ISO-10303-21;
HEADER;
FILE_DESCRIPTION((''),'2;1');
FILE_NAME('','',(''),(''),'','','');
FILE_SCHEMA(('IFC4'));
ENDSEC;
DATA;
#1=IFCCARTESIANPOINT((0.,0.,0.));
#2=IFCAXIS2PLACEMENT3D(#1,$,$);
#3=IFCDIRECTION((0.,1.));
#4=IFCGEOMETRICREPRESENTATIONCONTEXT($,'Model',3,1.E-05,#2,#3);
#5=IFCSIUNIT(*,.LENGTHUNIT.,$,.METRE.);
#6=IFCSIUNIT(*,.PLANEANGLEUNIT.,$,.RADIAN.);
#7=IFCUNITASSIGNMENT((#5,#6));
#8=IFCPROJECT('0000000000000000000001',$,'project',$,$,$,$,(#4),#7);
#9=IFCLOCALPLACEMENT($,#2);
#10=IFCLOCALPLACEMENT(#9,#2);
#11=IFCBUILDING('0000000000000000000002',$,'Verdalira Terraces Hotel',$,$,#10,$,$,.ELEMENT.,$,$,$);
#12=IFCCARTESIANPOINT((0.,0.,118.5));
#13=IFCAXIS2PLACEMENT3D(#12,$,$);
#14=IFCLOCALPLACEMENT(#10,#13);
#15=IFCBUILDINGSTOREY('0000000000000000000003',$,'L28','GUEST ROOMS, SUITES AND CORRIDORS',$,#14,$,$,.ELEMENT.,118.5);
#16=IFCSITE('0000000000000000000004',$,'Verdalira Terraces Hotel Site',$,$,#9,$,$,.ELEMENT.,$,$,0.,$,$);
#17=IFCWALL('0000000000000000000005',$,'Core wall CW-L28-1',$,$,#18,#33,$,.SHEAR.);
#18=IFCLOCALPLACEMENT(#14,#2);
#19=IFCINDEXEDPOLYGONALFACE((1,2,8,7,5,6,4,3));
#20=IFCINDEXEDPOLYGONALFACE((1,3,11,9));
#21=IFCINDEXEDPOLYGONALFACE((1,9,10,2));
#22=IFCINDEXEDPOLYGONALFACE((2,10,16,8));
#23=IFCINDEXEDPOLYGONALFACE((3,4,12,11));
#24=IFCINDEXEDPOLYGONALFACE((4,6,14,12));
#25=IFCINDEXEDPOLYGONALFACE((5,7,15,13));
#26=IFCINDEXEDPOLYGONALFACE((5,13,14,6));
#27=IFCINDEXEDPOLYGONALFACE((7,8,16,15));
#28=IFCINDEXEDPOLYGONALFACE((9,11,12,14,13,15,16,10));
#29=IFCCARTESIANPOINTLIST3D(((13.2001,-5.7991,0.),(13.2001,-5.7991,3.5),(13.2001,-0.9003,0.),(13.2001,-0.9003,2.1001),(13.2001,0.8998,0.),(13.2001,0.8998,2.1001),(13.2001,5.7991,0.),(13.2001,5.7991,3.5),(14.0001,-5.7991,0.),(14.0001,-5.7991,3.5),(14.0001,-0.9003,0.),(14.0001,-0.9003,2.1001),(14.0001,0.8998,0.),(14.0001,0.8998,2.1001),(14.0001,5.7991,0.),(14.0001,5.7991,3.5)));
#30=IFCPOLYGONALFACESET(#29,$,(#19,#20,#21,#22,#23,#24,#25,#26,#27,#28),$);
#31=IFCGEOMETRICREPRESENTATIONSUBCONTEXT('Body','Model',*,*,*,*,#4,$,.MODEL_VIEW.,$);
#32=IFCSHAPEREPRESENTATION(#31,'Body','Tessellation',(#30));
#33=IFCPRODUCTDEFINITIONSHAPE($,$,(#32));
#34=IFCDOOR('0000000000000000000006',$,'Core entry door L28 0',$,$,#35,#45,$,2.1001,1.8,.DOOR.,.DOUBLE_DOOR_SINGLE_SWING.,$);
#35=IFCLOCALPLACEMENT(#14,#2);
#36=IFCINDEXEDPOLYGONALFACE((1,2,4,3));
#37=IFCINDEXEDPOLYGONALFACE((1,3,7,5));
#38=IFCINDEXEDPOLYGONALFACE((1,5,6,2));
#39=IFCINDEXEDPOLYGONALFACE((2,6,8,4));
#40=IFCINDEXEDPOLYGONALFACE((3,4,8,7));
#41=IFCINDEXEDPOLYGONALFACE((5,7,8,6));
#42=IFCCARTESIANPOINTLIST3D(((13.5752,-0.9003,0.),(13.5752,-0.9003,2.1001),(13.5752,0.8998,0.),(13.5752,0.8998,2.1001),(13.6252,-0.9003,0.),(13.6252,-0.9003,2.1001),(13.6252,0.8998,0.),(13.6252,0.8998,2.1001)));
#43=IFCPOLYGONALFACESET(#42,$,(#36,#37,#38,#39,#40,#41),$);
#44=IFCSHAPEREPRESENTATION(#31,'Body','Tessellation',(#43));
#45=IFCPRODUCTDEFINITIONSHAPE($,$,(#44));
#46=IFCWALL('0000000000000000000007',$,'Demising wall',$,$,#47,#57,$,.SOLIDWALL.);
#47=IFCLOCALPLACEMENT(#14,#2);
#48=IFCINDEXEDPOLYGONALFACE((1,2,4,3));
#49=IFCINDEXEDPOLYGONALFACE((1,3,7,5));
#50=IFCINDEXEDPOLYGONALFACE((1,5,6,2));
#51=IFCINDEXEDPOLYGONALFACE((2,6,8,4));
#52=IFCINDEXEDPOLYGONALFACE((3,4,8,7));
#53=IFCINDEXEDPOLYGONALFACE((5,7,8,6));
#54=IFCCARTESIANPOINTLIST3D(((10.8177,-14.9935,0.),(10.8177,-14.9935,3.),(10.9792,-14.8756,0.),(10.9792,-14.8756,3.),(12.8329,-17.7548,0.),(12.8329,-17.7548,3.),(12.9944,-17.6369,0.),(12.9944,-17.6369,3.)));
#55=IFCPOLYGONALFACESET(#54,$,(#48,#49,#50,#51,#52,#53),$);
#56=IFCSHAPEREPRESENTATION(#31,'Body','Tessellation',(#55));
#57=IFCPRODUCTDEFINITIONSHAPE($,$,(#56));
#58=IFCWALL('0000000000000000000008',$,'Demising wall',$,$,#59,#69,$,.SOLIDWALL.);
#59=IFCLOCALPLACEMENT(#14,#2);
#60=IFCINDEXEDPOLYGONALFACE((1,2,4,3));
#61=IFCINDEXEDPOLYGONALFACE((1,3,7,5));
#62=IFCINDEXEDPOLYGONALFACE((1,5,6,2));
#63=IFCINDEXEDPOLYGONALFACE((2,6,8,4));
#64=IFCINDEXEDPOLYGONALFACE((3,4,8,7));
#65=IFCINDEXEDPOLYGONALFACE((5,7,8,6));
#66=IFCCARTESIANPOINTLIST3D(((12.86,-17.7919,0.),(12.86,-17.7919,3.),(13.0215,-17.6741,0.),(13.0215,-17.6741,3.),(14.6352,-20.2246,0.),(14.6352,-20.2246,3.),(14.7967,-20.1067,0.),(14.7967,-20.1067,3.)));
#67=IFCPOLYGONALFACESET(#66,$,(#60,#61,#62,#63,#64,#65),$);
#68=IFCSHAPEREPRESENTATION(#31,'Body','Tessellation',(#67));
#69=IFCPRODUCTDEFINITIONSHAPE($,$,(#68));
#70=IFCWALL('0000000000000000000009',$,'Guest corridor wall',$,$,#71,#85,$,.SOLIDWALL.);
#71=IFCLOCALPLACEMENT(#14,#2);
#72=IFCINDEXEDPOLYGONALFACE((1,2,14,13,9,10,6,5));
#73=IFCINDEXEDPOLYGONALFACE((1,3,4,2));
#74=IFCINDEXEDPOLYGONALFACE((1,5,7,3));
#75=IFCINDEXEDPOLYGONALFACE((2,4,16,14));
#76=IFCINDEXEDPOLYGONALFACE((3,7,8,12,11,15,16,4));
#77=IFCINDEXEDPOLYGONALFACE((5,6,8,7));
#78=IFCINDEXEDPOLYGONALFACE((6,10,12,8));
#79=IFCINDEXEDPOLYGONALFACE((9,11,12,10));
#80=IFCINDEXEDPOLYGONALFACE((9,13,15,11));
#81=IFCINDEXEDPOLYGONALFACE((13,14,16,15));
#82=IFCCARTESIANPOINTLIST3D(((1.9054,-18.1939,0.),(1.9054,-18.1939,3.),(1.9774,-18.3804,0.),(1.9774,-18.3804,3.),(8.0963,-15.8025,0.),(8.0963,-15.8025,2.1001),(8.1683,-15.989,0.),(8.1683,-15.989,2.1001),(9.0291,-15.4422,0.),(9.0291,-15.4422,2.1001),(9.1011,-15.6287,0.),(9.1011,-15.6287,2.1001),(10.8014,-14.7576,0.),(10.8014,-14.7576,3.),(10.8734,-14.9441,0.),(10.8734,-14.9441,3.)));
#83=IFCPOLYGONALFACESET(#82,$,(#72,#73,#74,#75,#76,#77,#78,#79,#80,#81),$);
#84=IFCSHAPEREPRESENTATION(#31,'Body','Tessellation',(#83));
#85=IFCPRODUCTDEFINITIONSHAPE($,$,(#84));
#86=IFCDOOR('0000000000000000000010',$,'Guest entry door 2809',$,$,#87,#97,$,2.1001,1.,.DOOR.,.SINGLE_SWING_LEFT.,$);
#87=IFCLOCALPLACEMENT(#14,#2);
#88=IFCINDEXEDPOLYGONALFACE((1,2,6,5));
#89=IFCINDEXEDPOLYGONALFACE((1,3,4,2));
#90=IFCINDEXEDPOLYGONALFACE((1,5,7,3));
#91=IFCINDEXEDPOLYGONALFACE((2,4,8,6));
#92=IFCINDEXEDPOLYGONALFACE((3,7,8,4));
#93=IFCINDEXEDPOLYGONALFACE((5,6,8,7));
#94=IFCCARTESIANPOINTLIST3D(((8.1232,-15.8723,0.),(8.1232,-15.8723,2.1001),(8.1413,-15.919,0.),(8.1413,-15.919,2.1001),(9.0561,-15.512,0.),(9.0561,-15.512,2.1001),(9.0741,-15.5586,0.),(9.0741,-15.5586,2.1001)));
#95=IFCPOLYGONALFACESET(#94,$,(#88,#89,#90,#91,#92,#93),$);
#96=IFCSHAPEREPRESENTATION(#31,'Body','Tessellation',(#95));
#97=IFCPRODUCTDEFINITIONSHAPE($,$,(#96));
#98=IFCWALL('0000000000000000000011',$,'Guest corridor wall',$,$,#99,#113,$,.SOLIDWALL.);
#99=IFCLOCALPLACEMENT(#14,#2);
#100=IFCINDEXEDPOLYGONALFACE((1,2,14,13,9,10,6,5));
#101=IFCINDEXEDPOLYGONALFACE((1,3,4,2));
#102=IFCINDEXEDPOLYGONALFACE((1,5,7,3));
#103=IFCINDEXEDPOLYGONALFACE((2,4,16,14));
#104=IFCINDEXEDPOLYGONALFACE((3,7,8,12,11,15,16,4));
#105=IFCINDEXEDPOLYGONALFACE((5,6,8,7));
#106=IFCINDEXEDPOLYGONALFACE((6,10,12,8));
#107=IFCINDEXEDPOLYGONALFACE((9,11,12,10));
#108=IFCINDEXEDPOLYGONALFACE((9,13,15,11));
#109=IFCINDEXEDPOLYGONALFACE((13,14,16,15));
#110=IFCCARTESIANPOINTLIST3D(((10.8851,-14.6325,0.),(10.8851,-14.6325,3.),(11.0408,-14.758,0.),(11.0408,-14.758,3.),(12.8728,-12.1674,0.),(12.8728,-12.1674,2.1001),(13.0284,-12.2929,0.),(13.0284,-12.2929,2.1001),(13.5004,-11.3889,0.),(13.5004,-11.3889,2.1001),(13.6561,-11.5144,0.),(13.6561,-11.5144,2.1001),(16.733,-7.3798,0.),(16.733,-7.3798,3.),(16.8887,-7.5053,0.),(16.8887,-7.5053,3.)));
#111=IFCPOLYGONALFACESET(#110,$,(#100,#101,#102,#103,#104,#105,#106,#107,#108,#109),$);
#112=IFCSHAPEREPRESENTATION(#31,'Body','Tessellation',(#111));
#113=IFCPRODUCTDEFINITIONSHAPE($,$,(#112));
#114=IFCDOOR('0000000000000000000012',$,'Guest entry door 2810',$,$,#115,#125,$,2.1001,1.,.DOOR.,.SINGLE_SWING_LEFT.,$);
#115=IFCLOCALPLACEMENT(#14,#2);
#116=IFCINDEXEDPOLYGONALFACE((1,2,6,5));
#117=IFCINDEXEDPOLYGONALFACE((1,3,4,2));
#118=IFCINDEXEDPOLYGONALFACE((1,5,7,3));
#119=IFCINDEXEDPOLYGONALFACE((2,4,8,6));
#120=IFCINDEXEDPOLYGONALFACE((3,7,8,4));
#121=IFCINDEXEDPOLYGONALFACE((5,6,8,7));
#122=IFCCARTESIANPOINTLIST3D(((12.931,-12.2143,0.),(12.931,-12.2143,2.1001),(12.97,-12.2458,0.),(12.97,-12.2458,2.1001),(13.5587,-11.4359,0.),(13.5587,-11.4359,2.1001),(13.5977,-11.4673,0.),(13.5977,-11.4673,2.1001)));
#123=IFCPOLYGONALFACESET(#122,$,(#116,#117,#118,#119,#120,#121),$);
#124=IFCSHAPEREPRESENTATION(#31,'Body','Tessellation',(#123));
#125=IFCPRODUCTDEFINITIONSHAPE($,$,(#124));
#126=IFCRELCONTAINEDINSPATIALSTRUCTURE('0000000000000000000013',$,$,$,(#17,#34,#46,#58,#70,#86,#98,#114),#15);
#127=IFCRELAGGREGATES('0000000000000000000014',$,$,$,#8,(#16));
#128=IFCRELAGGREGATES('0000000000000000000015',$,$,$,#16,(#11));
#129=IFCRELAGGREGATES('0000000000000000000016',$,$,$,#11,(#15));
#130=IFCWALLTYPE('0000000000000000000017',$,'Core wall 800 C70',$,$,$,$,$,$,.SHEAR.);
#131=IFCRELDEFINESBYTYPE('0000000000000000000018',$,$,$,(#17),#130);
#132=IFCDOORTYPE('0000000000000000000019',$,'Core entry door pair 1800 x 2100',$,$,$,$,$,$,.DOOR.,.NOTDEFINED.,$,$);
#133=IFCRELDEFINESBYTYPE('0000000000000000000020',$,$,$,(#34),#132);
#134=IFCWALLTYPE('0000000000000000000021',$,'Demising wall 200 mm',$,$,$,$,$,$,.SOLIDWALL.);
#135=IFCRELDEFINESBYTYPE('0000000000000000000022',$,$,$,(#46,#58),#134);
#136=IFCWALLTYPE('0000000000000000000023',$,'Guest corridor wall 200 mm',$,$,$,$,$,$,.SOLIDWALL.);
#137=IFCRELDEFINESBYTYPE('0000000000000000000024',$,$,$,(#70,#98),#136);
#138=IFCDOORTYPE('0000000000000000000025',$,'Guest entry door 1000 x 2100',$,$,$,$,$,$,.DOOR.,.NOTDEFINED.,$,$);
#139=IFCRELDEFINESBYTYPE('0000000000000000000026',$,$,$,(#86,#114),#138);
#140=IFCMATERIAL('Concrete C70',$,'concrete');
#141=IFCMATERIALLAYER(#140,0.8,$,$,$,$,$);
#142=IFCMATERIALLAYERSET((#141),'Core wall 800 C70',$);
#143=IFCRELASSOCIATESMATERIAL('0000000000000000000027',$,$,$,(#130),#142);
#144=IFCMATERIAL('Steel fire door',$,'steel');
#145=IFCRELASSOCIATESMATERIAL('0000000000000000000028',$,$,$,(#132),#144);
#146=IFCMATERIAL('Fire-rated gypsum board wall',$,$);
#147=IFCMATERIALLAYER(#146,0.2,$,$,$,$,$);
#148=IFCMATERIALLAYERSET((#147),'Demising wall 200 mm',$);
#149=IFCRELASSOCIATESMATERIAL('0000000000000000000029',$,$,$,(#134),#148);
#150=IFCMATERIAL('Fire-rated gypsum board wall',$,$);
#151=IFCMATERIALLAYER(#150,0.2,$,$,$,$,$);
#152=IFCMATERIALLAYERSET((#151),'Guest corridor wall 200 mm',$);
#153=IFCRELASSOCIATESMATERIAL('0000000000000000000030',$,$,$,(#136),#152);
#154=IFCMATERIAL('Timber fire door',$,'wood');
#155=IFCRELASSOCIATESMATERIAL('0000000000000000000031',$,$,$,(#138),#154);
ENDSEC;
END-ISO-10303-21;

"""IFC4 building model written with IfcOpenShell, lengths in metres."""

from ifc_helpers import new_model, si_unit, direction, frame, frame_2d, origin, place, context, subcontext, project, spatial, rectangle, extrude, material, layer, layer_set, type_object, element, fill, save


model = new_model("IFC4")

# Units and contexts
model_context = context("Model", 3, precision=1e-05, world=origin(), true_north=direction((0.0, 1.0)))
body_context = subcontext(model_context, "Body", "Model", "MODEL_VIEW")
ifc_project = project(units=[si_unit("LENGTHUNIT", "METRE"), si_unit("PLANEANGLEUNIT", "RADIAN")], contexts=[model_context])

# Site, building, storey
site_placement = place(None, origin())
site = spatial("IfcSite", under=ifc_project, at=site_placement, Name="Verdalira Terraces Hotel Site", CompositionType="ELEMENT", RefElevation=0.0)
building_placement = place(site_placement, origin())
building = spatial("IfcBuilding", under=site, at=building_placement, Name="Verdalira Terraces Hotel", CompositionType="ELEMENT")
storey_placement = place(building_placement, frame((0.0, 0.0, 118.5)))
storey = spatial("IfcBuildingStorey", under=building, at=storey_placement, Name="L28", Description="GUEST ROOMS, SUITES AND CORRIDORS", CompositionType="ELEMENT", Elevation=118.5)

# Wall, opening, door
ifc_material_1 = material(Name="Concrete C70", Category="concrete")
ifc_layer_1 = layer(ifc_material_1, 0.8)
ifc_layer_set_1 = layer_set([ifc_layer_1], Name="Core wall 800 C70")
wall_type_1 = type_object("IfcWallType", Name="Core wall 800 C70", PredefinedType="SHEAR", material=ifc_layer_set_1)
wall_1_placement = place(storey_placement, frame((13.6001, -5.7991, 0.0), z_axis=(0.0, 0.0, 1.0), x_axis=(0.0, 1.0, 0.0)))
wall_1 = element("IfcWall", 1, at=wall_1_placement, inside=storey, type_object=wall_type_1, Name="Core wall CW-L28-1", PredefinedType="SHEAR", context=body_context, shape_type="SweptSolid", body=[
    extrude(rectangle(XDim=11.5981, YDim=0.8, at=frame_2d((5.7991, 0.0))), origin(), (0.0, 0.0, 1.0), 3.5),
])
opening_1_placement = place(wall_1_placement, frame((4.8989, 0.0, 0.0)))
opening_1 = element("IfcOpeningElement", 2, at=opening_1_placement, cuts=wall_1, PredefinedType="OPENING", context=body_context, shape_type="SweptSolid", body=[
    extrude(rectangle(XDim=1.8, YDim=2.1001, at=frame_2d((0.8999, 1.05))), frame((0.0, 0.4099, 0.0), z_axis=(0.0, -1.0, 0.0), x_axis=(1.0, 0.0, 0.0)), (0.0, 0.0, 1.0), 0.8201),
])
ifc_material_2 = material(Name="Steel fire door", Category="steel")
door_type_1 = type_object("IfcDoorType", Name="Core entry door pair 1800 x 2100", OperationType="NOTDEFINED", PredefinedType="DOOR", material=ifc_material_2)
door_1_placement = place(opening_1_placement, origin())
door_1 = element("IfcDoor", 3, at=door_1_placement, inside=storey, type_object=door_type_1, Name="Core entry door L28 0", OperationType="DOUBLE_DOOR_SINGLE_SWING", OverallHeight=2.1001, OverallWidth=1.8, PredefinedType="DOOR", context=body_context, shape_type="SweptSolid", body=[
    extrude(rectangle(XDim=1.8, YDim=2.1001, at=frame_2d((0.8999, 1.05))), frame((0.0, 0.0249, 0.0), z_axis=(0.0, -1.0, 0.0), x_axis=(1.0, 0.0, 0.0)), (0.0, 0.0, 1.0), 0.05),
])
fill(opening_1, door_1)

# Walls
ifc_material_3 = material(Name="Fire-rated gypsum board wall")
ifc_layer_2 = layer(ifc_material_3, 0.2)
ifc_layer_set_2 = layer_set([ifc_layer_2], Name="Demising wall 200 mm")
wall_type_2 = type_object("IfcWallType", Name="Demising wall 200 mm", PredefinedType="SOLIDWALL", material=ifc_layer_set_2)
wall_2_placement = place(storey_placement, frame((10.8984, -14.9346, 0.0), z_axis=(0.0, 0.0, 1.0), x_axis=(0.589504, -0.807765, 0.0)))
element("IfcWall", 4, at=wall_2_placement, inside=storey, type_object=wall_type_2, Name="Demising wall", PredefinedType="SOLIDWALL", context=body_context, shape_type="SweptSolid", body=[
    extrude(rectangle(XDim=3.4185, YDim=0.2, at=frame_2d((1.7092, 0.0))), origin(), (0.0, 0.0, 1.0), 3.0),
])
wall_3_placement = place(storey_placement, frame((12.9407, -17.7329, 0.0), z_axis=(0.0, 0.0, 1.0), x_axis=(0.589468, -0.807792, 0.0)))
element("IfcWall", 5, at=wall_3_placement, inside=storey, type_object=wall_type_2, Name="Demising wall", PredefinedType="SOLIDWALL", context=body_context, shape_type="SweptSolid", body=[
    extrude(rectangle(XDim=3.0115, YDim=0.2, at=frame_2d((1.5059, 0.0))), origin(), (0.0, 0.0, 1.0), 3.0),
])

# Walls, openings, doors
ifc_material_4 = material(Name="Fire-rated gypsum board wall")
ifc_layer_3 = layer(ifc_material_4, 0.2)
ifc_layer_set_3 = layer_set([ifc_layer_3], Name="Guest corridor wall 200 mm")
wall_type_3 = type_object("IfcWallType", Name="Guest corridor wall 200 mm", PredefinedType="SOLIDWALL", material=ifc_layer_set_3)
wall_4_placement = place(storey_placement, frame((10.8374, -14.8508, 0.0), z_axis=(0.0, 0.0, 1.0), x_axis=(-0.932827, -0.360325, 0.0)))
wall_4 = element("IfcWall", 6, at=wall_4_placement, inside=storey, type_object=wall_type_3, Name="Guest corridor wall", PredefinedType="SOLIDWALL", context=body_context, shape_type="SweptSolid", body=[
    extrude(rectangle(XDim=9.5366, YDim=0.2, at=frame_2d((4.7683, 0.0))), origin(), (0.0, 0.0, 1.0), 3.0),
])
opening_2_placement = place(wall_4_placement, frame((1.8999, 0.0, 0.0)))
opening_2 = element("IfcOpeningElement", 7, at=opening_2_placement, cuts=wall_4, PredefinedType="OPENING", context=body_context, shape_type="SweptSolid", body=[
    extrude(rectangle(XDim=1.0, YDim=2.1001, at=frame_2d((0.5, 1.05))), frame((0.0, 0.1099, 0.0), z_axis=(0.0, -1.0, 0.0), x_axis=(1.0, 0.0, 0.0)), (0.0, 0.0, 1.0), 0.22),
])
ifc_material_5 = material(Name="Timber fire door", Category="wood")
door_type_2 = type_object("IfcDoorType", Name="Guest entry door 1000 x 2100", OperationType="NOTDEFINED", PredefinedType="DOOR", material=ifc_material_5)
door_2_placement = place(opening_2_placement, origin())
door_2 = element("IfcDoor", 8, at=door_2_placement, inside=storey, type_object=door_type_2, Name="Guest entry door 2809", OperationType="SINGLE_SWING_LEFT", OverallHeight=2.1001, OverallWidth=1.0, PredefinedType="DOOR", context=body_context, shape_type="SweptSolid", body=[
    extrude(rectangle(XDim=1.0, YDim=2.1001, at=frame_2d((0.5, 1.05))), frame((0.0, 0.0249, 0.0), z_axis=(0.0, -1.0, 0.0), x_axis=(1.0, 0.0, 0.0)), (0.0, 0.0, 1.0), 0.05),
])
fill(opening_2, door_2)
wall_5_placement = place(storey_placement, frame((16.8108, -7.4426, 0.0), z_axis=(0.0, 0.0, 1.0), x_axis=(-0.627685, -0.778468, 0.0)))
wall_5 = element("IfcWall", 9, at=wall_5_placement, inside=storey, type_object=wall_type_3, Name="Guest corridor wall", PredefinedType="SOLIDWALL", context=body_context, shape_type="SweptSolid", body=[
    extrude(rectangle(XDim=9.3166, YDim=0.2, at=frame_2d((4.6582, 0.0))), origin(), (0.0, 0.0, 1.0), 3.0),
])
opening_3_placement = place(wall_5_placement, frame((5.1499, 0.0, 0.0)))
opening_3 = element("IfcOpeningElement", 10, at=opening_3_placement, cuts=wall_5, PredefinedType="OPENING", context=body_context, shape_type="SweptSolid", body=[
    extrude(rectangle(XDim=1.0, YDim=2.1001, at=frame_2d((0.5, 1.05))), frame((0.0, 0.1099, 0.0), z_axis=(0.0, -1.0, 0.0), x_axis=(1.0, 0.0, 0.0)), (0.0, 0.0, 1.0), 0.22),
])
door_3_placement = place(opening_3_placement, origin())
door_3 = element("IfcDoor", 11, at=door_3_placement, inside=storey, type_object=door_type_2, Name="Guest entry door 2810", OperationType="SINGLE_SWING_LEFT", OverallHeight=2.1001, OverallWidth=1.0, PredefinedType="DOOR", context=body_context, shape_type="SweptSolid", body=[
    extrude(rectangle(XDim=1.0, YDim=2.1001, at=frame_2d((0.5, 1.05))), frame((0.0, 0.0249, 0.0), z_axis=(0.0, -1.0, 0.0), x_axis=(1.0, 0.0, 0.0)), (0.0, 0.0, 1.0), 0.05),
])
fill(opening_3, door_3)

save(model, "model.ifc")
